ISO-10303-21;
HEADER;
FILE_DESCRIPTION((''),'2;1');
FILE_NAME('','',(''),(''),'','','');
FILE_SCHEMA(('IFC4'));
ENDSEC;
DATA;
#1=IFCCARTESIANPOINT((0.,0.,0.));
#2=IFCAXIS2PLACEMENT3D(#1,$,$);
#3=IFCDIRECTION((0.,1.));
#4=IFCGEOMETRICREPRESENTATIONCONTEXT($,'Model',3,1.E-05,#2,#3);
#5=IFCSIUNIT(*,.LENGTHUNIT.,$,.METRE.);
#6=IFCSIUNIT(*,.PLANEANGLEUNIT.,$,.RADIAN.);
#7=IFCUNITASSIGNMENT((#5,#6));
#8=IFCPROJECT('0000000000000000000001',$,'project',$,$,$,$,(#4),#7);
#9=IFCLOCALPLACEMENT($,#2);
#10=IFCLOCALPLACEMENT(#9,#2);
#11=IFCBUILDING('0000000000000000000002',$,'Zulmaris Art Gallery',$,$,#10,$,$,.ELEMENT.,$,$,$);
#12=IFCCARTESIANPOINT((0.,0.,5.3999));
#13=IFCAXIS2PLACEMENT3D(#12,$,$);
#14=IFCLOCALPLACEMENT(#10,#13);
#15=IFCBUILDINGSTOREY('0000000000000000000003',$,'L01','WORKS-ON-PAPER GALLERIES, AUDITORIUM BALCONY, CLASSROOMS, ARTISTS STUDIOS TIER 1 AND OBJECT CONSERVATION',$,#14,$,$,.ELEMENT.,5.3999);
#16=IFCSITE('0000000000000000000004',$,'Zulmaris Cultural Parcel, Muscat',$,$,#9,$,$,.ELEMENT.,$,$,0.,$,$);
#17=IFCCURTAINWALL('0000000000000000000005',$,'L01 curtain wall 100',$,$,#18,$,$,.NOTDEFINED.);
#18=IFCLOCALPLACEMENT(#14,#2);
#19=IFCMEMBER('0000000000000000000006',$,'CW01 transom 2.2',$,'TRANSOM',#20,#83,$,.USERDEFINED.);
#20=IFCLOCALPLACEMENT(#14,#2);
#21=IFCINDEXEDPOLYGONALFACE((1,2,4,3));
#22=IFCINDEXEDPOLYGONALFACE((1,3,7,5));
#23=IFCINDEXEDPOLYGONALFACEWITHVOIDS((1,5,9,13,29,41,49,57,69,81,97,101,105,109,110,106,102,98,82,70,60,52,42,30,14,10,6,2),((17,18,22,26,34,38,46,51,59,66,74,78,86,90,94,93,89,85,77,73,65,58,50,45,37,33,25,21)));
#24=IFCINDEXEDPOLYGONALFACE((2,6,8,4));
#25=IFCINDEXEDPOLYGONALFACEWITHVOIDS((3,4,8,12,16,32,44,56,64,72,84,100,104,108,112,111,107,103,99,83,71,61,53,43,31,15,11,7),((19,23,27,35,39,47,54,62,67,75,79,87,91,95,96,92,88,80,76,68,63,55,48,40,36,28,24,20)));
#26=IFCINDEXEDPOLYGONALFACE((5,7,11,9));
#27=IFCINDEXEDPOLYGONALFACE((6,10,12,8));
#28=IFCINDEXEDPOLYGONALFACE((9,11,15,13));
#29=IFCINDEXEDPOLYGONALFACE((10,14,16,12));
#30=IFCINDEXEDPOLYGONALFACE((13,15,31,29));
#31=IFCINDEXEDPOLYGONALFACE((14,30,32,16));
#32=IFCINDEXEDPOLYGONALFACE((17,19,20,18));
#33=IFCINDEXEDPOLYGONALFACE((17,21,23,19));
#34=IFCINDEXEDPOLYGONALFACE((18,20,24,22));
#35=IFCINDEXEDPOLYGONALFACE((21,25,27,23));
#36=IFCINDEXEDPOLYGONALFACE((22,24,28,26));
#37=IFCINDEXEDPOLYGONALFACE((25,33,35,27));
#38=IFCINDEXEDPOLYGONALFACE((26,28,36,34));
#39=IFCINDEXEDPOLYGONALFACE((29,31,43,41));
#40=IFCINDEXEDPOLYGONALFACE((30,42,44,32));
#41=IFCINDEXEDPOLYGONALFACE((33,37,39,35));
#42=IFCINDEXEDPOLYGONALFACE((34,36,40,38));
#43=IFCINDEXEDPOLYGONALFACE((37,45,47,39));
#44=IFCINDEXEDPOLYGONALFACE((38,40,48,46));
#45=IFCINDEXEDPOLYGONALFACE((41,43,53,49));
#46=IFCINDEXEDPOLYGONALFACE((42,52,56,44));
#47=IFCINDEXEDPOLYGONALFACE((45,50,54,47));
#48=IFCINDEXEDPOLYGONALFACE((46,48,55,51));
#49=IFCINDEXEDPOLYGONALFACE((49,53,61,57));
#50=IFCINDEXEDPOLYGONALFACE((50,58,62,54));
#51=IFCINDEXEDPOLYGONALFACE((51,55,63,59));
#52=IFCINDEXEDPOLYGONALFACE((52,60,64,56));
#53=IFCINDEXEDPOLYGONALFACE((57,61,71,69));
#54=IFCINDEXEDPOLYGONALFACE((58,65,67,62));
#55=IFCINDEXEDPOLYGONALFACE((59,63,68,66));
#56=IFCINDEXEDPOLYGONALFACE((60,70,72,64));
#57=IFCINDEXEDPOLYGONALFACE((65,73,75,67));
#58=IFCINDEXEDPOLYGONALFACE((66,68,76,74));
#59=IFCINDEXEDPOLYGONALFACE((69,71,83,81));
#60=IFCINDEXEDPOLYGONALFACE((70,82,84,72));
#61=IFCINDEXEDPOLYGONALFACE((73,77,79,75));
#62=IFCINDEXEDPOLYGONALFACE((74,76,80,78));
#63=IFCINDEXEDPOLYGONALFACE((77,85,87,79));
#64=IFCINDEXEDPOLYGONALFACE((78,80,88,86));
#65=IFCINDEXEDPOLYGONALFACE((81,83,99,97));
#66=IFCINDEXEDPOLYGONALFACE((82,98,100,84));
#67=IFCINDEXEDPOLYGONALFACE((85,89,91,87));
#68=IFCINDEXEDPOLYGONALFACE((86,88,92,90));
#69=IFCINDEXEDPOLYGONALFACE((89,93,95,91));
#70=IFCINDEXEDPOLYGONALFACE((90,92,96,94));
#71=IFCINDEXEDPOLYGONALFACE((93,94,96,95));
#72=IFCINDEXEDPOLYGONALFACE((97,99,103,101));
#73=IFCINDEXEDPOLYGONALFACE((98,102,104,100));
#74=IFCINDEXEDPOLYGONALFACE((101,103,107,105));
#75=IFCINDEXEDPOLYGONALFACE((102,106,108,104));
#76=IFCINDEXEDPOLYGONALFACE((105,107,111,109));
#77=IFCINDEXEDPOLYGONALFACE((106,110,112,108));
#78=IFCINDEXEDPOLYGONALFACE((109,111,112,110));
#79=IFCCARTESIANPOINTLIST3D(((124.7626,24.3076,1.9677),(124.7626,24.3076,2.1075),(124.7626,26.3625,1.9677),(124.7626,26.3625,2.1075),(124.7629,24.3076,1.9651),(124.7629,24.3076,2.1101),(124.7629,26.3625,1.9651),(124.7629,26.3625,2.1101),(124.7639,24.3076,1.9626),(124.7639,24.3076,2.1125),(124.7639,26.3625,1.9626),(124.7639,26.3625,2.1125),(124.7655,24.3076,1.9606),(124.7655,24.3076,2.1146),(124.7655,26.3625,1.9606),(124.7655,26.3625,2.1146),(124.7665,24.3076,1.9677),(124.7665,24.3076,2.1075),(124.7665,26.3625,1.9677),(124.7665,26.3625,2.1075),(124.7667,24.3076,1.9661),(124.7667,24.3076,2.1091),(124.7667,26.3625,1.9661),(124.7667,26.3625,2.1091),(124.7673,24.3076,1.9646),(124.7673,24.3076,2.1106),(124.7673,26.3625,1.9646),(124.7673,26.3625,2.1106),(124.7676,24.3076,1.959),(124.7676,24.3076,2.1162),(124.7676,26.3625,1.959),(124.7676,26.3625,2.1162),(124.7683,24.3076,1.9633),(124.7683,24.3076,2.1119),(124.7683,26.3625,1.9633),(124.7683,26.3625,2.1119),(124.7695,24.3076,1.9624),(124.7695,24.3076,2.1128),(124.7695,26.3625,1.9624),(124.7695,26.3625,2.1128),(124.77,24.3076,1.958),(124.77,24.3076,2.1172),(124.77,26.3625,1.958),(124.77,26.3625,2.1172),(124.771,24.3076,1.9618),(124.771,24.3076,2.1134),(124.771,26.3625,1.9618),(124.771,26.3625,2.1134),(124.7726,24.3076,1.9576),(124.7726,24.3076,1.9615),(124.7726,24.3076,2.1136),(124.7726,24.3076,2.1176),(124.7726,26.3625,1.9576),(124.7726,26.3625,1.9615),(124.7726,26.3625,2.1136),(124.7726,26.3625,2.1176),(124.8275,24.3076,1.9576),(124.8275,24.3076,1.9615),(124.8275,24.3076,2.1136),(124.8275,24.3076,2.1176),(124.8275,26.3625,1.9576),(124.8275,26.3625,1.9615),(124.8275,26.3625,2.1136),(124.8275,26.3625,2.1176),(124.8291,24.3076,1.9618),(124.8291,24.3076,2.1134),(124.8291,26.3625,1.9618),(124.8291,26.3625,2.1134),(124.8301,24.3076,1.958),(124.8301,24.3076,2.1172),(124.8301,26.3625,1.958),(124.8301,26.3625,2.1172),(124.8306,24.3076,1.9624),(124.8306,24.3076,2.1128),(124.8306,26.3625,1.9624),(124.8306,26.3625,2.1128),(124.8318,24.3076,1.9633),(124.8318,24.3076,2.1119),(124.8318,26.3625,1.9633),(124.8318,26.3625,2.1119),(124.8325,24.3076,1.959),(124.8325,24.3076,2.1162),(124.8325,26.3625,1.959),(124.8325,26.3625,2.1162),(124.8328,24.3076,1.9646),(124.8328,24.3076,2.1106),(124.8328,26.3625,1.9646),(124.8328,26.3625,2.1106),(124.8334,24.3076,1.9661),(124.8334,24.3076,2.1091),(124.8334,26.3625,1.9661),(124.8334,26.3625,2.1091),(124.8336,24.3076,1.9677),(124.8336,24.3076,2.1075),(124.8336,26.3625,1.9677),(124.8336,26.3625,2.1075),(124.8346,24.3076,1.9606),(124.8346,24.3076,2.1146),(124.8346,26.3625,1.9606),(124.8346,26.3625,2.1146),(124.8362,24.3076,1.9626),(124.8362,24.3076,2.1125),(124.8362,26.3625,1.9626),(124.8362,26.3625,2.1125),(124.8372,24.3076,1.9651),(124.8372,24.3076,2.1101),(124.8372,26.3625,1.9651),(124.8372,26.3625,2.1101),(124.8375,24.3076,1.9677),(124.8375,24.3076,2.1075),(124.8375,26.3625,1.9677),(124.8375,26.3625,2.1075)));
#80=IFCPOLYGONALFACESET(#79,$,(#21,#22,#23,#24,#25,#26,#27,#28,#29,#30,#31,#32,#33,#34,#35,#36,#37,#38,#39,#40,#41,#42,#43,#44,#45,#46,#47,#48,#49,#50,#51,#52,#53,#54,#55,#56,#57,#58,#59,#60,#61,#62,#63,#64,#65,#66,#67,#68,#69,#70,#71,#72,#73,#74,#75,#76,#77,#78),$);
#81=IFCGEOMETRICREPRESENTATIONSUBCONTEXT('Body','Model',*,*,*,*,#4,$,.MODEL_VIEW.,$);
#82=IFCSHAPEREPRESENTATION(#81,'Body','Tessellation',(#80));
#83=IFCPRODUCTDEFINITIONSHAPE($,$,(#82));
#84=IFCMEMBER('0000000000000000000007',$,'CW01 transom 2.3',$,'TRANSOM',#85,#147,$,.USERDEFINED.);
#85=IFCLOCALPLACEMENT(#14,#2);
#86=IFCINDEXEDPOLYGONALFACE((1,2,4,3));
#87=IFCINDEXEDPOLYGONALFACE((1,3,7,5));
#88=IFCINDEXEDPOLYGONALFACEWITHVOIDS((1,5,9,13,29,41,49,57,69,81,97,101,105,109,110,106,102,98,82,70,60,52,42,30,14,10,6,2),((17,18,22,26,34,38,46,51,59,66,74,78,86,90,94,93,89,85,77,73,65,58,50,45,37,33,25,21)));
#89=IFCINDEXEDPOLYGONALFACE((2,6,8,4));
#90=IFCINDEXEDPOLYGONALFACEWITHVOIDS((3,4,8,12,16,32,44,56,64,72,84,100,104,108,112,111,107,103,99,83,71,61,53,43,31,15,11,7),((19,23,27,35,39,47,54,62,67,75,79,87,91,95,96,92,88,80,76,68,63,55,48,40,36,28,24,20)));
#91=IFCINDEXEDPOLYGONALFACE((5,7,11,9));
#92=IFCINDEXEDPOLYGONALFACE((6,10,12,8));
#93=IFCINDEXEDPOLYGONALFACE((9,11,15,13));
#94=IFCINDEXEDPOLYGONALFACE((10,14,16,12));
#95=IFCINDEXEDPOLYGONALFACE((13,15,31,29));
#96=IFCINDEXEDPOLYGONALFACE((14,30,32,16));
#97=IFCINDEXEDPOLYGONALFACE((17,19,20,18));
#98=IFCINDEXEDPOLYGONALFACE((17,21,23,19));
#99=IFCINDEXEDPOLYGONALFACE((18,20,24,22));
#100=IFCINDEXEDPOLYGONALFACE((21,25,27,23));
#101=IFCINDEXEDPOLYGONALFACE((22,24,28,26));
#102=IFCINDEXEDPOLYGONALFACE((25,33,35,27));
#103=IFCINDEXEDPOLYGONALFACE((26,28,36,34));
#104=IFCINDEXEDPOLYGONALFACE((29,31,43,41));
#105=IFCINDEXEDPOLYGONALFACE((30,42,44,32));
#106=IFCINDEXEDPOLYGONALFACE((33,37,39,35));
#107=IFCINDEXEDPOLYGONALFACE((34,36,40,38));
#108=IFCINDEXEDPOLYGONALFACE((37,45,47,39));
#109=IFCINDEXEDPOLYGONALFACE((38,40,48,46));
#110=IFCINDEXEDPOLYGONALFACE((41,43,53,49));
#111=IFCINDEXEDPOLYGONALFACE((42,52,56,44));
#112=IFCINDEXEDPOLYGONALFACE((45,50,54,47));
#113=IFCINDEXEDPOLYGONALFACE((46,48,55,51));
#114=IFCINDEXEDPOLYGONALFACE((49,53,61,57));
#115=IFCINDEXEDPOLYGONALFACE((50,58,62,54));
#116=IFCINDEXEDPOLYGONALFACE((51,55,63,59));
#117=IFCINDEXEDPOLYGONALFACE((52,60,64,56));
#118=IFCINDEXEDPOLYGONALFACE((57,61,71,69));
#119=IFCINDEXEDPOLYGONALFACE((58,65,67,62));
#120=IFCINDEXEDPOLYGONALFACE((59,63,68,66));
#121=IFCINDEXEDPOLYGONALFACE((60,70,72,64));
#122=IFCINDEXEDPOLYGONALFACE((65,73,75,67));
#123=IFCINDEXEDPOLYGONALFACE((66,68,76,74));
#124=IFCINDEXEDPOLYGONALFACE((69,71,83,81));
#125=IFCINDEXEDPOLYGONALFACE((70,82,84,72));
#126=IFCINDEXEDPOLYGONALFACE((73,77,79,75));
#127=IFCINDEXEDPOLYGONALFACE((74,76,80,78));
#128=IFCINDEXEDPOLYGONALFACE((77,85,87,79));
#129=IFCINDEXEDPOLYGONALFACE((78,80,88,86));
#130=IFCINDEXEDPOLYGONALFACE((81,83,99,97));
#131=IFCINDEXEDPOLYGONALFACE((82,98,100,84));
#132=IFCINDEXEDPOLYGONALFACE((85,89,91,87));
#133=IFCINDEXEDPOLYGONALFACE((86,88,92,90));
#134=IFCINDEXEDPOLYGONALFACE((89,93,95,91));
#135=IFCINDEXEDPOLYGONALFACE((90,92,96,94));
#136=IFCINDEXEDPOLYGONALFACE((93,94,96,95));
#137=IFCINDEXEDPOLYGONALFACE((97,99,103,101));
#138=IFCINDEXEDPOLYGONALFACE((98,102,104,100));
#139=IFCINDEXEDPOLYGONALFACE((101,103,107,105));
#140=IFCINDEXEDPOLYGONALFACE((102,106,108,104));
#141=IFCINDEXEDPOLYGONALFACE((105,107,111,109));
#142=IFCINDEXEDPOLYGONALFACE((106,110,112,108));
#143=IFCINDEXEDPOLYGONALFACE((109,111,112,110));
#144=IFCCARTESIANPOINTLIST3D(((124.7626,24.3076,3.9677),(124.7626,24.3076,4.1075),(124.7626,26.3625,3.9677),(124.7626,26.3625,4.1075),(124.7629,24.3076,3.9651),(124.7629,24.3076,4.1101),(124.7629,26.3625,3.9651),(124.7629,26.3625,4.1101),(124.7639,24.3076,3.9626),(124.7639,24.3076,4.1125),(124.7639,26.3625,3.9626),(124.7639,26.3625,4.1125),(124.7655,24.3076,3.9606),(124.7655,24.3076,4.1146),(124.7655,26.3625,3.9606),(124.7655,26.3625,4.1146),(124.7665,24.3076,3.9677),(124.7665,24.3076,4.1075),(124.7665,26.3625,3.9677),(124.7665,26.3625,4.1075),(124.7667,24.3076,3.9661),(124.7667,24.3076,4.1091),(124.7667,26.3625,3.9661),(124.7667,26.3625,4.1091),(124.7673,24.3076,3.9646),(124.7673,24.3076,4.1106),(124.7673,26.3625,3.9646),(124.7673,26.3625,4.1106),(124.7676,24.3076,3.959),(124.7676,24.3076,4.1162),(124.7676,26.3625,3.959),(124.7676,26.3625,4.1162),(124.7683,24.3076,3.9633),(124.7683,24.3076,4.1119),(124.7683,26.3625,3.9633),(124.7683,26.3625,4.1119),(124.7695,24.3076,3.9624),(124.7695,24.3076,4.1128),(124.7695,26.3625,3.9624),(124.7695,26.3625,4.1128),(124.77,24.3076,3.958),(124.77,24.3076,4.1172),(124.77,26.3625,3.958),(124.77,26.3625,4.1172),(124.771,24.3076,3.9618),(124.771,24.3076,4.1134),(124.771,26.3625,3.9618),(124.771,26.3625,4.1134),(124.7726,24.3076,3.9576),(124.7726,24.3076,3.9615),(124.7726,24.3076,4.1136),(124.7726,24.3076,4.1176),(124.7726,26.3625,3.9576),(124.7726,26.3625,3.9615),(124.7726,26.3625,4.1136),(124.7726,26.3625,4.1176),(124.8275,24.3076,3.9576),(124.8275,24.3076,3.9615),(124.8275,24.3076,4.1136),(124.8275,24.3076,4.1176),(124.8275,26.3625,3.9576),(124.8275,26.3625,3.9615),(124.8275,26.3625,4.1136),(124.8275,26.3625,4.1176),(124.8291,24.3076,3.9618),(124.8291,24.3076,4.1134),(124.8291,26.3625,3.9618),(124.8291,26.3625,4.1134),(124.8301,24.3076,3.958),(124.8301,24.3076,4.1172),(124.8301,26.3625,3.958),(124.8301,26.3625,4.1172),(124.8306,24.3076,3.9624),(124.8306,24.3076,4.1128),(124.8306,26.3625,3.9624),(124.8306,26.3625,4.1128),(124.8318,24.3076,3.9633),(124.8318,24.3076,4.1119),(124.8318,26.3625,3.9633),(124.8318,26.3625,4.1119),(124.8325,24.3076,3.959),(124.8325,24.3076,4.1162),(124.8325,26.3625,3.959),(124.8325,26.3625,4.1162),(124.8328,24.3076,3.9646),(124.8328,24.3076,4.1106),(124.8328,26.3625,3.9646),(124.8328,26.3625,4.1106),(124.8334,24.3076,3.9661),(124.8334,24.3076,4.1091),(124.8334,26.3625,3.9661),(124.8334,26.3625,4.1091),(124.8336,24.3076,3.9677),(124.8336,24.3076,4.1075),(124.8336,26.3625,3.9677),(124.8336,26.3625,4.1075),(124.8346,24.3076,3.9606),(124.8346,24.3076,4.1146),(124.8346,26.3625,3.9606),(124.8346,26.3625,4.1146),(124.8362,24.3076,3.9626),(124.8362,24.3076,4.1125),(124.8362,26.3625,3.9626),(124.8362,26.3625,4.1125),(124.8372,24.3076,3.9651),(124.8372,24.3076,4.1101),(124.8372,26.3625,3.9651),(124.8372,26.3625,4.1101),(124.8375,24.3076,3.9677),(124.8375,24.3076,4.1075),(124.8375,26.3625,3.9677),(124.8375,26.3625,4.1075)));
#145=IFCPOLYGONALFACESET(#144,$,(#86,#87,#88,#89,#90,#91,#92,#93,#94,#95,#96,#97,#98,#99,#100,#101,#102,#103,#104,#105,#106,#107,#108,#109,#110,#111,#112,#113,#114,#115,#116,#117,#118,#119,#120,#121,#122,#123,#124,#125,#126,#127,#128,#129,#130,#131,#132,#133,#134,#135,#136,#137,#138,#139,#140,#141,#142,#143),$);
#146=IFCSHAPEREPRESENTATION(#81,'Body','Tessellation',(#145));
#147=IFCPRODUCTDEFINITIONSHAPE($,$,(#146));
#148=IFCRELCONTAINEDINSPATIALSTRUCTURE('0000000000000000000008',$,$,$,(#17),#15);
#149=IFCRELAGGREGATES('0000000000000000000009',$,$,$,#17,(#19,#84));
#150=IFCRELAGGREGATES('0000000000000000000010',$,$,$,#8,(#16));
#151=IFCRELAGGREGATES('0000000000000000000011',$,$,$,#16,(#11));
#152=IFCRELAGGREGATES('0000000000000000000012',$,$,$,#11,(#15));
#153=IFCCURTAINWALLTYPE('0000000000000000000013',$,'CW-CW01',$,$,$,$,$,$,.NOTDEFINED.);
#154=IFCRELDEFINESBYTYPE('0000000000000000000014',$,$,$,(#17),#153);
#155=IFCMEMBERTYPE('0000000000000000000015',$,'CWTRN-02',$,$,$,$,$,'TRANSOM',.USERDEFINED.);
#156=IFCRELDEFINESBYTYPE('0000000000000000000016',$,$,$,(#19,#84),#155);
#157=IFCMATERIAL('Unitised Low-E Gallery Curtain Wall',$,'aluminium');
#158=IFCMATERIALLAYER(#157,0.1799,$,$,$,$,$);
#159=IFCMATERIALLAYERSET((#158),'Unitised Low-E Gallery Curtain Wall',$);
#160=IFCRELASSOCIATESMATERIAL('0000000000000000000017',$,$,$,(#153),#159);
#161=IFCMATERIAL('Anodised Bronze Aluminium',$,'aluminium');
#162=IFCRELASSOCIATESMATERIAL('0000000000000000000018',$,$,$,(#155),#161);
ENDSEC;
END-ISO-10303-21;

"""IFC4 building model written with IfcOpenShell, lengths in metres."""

from ifc_helpers import new_model, si_unit, direction, frame, origin, origin_2d, place, context, subcontext, project, spatial, hollow_rectangle, extrude, material, layer, layer_set, material_profile, profile_set, type_object, element, aggregate, save


model = new_model("IFC4")

# Units and contexts
model_context = context("Model", 3, precision=1e-05, world=origin(), true_north=direction((0.0, 1.0)))
body_context = subcontext(model_context, "Body", "Model", "MODEL_VIEW")
ifc_project = project(units=[si_unit("LENGTHUNIT", "METRE"), si_unit("PLANEANGLEUNIT", "RADIAN")], contexts=[model_context])

# Site, building, storey
site_placement = place(None, origin())
site = spatial("IfcSite", under=ifc_project, at=site_placement, Name="Zulmaris Cultural Parcel, Muscat", CompositionType="ELEMENT", RefElevation=0.0)
building_placement = place(site_placement, origin())
building = spatial("IfcBuilding", under=site, at=building_placement, Name="Zulmaris Art Gallery", CompositionType="ELEMENT")
storey_placement = place(building_placement, frame((0.0, 0.0, 5.3999)))
storey = spatial("IfcBuildingStorey", under=building, at=storey_placement, Name="L01", Description="WORKS-ON-PAPER GALLERIES, AUDITORIUM BALCONY, CLASSROOMS, ARTISTS STUDIOS TIER 1 AND OBJECT CONSERVATION", CompositionType="ELEMENT", Elevation=5.3999)

# Curtain wall, members
ifc_material_1 = material(Name="Unitised Low-E Gallery Curtain Wall", Category="aluminium")
ifc_layer_1 = layer(ifc_material_1, 0.1799)
ifc_layer_set_1 = layer_set([ifc_layer_1], Name="Unitised Low-E Gallery Curtain Wall")
curtain_wall_type = type_object("IfcCurtainWallType", Name="CW-CW01", PredefinedType="NOTDEFINED", material=ifc_layer_set_1)
curtain_wall_placement = place(storey_placement, origin())
curtain_wall = element("IfcCurtainWall", 1, at=curtain_wall_placement, inside=storey, type_object=curtain_wall_type, Name="L01 curtain wall 100", PredefinedType="NOTDEFINED")
ifc_material_2 = material(Name="Anodised Bronze Aluminium", Category="aluminium")
ifc_material_profile_1 = material_profile(ifc_material_2, hollow_rectangle(XDim=0.075, YDim=0.1599, WallThickness=0.0039, InnerFilletRadius=0.0061, OuterFilletRadius=0.01, at=origin_2d()), Name="ALU 75x160x4")
ifc_profile_set_1 = profile_set([ifc_material_profile_1], Name="Anodised Bronze Aluminium")
member_type_1 = type_object("IfcMemberType", Name="CWTRN-02", ElementType="TRANSOM", PredefinedType="USERDEFINED", material=ifc_profile_set_1)
member_1_placement = place(storey_placement, frame((124.8, 24.3076, 2.0376), z_axis=(0.0, 1.0, 0.0), x_axis=(-1.0, 0.0, 0.0)))
member_1 = element("IfcMember", 2, at=member_1_placement, type_object=member_type_1, Name="CW01 transom 2.2", ObjectType="TRANSOM", PredefinedType="USERDEFINED", context=body_context, shape_type="SweptSolid", body=[
    extrude(hollow_rectangle(XDim=0.075, YDim=0.1599, WallThickness=0.0039, InnerFilletRadius=0.0061, OuterFilletRadius=0.01, at=origin_2d()), origin(), (0.0, 0.0, 1.0), 2.0549),
])
member_2_placement = place(storey_placement, frame((124.8, 24.3076, 4.0376), z_axis=(0.0, 1.0, 0.0), x_axis=(-1.0, 0.0, 0.0)))
member_2 = element("IfcMember", 3, at=member_2_placement, type_object=member_type_1, Name="CW01 transom 2.3", ObjectType="TRANSOM", PredefinedType="USERDEFINED", context=body_context, shape_type="SweptSolid", body=[
    extrude(hollow_rectangle(XDim=0.075, YDim=0.1599, WallThickness=0.0039, InnerFilletRadius=0.0061, OuterFilletRadius=0.01, at=origin_2d()), origin(), (0.0, 0.0, 1.0), 2.0549),
])
aggregate(curtain_wall, [member_1, member_2])

save(model, "model.ifc")
